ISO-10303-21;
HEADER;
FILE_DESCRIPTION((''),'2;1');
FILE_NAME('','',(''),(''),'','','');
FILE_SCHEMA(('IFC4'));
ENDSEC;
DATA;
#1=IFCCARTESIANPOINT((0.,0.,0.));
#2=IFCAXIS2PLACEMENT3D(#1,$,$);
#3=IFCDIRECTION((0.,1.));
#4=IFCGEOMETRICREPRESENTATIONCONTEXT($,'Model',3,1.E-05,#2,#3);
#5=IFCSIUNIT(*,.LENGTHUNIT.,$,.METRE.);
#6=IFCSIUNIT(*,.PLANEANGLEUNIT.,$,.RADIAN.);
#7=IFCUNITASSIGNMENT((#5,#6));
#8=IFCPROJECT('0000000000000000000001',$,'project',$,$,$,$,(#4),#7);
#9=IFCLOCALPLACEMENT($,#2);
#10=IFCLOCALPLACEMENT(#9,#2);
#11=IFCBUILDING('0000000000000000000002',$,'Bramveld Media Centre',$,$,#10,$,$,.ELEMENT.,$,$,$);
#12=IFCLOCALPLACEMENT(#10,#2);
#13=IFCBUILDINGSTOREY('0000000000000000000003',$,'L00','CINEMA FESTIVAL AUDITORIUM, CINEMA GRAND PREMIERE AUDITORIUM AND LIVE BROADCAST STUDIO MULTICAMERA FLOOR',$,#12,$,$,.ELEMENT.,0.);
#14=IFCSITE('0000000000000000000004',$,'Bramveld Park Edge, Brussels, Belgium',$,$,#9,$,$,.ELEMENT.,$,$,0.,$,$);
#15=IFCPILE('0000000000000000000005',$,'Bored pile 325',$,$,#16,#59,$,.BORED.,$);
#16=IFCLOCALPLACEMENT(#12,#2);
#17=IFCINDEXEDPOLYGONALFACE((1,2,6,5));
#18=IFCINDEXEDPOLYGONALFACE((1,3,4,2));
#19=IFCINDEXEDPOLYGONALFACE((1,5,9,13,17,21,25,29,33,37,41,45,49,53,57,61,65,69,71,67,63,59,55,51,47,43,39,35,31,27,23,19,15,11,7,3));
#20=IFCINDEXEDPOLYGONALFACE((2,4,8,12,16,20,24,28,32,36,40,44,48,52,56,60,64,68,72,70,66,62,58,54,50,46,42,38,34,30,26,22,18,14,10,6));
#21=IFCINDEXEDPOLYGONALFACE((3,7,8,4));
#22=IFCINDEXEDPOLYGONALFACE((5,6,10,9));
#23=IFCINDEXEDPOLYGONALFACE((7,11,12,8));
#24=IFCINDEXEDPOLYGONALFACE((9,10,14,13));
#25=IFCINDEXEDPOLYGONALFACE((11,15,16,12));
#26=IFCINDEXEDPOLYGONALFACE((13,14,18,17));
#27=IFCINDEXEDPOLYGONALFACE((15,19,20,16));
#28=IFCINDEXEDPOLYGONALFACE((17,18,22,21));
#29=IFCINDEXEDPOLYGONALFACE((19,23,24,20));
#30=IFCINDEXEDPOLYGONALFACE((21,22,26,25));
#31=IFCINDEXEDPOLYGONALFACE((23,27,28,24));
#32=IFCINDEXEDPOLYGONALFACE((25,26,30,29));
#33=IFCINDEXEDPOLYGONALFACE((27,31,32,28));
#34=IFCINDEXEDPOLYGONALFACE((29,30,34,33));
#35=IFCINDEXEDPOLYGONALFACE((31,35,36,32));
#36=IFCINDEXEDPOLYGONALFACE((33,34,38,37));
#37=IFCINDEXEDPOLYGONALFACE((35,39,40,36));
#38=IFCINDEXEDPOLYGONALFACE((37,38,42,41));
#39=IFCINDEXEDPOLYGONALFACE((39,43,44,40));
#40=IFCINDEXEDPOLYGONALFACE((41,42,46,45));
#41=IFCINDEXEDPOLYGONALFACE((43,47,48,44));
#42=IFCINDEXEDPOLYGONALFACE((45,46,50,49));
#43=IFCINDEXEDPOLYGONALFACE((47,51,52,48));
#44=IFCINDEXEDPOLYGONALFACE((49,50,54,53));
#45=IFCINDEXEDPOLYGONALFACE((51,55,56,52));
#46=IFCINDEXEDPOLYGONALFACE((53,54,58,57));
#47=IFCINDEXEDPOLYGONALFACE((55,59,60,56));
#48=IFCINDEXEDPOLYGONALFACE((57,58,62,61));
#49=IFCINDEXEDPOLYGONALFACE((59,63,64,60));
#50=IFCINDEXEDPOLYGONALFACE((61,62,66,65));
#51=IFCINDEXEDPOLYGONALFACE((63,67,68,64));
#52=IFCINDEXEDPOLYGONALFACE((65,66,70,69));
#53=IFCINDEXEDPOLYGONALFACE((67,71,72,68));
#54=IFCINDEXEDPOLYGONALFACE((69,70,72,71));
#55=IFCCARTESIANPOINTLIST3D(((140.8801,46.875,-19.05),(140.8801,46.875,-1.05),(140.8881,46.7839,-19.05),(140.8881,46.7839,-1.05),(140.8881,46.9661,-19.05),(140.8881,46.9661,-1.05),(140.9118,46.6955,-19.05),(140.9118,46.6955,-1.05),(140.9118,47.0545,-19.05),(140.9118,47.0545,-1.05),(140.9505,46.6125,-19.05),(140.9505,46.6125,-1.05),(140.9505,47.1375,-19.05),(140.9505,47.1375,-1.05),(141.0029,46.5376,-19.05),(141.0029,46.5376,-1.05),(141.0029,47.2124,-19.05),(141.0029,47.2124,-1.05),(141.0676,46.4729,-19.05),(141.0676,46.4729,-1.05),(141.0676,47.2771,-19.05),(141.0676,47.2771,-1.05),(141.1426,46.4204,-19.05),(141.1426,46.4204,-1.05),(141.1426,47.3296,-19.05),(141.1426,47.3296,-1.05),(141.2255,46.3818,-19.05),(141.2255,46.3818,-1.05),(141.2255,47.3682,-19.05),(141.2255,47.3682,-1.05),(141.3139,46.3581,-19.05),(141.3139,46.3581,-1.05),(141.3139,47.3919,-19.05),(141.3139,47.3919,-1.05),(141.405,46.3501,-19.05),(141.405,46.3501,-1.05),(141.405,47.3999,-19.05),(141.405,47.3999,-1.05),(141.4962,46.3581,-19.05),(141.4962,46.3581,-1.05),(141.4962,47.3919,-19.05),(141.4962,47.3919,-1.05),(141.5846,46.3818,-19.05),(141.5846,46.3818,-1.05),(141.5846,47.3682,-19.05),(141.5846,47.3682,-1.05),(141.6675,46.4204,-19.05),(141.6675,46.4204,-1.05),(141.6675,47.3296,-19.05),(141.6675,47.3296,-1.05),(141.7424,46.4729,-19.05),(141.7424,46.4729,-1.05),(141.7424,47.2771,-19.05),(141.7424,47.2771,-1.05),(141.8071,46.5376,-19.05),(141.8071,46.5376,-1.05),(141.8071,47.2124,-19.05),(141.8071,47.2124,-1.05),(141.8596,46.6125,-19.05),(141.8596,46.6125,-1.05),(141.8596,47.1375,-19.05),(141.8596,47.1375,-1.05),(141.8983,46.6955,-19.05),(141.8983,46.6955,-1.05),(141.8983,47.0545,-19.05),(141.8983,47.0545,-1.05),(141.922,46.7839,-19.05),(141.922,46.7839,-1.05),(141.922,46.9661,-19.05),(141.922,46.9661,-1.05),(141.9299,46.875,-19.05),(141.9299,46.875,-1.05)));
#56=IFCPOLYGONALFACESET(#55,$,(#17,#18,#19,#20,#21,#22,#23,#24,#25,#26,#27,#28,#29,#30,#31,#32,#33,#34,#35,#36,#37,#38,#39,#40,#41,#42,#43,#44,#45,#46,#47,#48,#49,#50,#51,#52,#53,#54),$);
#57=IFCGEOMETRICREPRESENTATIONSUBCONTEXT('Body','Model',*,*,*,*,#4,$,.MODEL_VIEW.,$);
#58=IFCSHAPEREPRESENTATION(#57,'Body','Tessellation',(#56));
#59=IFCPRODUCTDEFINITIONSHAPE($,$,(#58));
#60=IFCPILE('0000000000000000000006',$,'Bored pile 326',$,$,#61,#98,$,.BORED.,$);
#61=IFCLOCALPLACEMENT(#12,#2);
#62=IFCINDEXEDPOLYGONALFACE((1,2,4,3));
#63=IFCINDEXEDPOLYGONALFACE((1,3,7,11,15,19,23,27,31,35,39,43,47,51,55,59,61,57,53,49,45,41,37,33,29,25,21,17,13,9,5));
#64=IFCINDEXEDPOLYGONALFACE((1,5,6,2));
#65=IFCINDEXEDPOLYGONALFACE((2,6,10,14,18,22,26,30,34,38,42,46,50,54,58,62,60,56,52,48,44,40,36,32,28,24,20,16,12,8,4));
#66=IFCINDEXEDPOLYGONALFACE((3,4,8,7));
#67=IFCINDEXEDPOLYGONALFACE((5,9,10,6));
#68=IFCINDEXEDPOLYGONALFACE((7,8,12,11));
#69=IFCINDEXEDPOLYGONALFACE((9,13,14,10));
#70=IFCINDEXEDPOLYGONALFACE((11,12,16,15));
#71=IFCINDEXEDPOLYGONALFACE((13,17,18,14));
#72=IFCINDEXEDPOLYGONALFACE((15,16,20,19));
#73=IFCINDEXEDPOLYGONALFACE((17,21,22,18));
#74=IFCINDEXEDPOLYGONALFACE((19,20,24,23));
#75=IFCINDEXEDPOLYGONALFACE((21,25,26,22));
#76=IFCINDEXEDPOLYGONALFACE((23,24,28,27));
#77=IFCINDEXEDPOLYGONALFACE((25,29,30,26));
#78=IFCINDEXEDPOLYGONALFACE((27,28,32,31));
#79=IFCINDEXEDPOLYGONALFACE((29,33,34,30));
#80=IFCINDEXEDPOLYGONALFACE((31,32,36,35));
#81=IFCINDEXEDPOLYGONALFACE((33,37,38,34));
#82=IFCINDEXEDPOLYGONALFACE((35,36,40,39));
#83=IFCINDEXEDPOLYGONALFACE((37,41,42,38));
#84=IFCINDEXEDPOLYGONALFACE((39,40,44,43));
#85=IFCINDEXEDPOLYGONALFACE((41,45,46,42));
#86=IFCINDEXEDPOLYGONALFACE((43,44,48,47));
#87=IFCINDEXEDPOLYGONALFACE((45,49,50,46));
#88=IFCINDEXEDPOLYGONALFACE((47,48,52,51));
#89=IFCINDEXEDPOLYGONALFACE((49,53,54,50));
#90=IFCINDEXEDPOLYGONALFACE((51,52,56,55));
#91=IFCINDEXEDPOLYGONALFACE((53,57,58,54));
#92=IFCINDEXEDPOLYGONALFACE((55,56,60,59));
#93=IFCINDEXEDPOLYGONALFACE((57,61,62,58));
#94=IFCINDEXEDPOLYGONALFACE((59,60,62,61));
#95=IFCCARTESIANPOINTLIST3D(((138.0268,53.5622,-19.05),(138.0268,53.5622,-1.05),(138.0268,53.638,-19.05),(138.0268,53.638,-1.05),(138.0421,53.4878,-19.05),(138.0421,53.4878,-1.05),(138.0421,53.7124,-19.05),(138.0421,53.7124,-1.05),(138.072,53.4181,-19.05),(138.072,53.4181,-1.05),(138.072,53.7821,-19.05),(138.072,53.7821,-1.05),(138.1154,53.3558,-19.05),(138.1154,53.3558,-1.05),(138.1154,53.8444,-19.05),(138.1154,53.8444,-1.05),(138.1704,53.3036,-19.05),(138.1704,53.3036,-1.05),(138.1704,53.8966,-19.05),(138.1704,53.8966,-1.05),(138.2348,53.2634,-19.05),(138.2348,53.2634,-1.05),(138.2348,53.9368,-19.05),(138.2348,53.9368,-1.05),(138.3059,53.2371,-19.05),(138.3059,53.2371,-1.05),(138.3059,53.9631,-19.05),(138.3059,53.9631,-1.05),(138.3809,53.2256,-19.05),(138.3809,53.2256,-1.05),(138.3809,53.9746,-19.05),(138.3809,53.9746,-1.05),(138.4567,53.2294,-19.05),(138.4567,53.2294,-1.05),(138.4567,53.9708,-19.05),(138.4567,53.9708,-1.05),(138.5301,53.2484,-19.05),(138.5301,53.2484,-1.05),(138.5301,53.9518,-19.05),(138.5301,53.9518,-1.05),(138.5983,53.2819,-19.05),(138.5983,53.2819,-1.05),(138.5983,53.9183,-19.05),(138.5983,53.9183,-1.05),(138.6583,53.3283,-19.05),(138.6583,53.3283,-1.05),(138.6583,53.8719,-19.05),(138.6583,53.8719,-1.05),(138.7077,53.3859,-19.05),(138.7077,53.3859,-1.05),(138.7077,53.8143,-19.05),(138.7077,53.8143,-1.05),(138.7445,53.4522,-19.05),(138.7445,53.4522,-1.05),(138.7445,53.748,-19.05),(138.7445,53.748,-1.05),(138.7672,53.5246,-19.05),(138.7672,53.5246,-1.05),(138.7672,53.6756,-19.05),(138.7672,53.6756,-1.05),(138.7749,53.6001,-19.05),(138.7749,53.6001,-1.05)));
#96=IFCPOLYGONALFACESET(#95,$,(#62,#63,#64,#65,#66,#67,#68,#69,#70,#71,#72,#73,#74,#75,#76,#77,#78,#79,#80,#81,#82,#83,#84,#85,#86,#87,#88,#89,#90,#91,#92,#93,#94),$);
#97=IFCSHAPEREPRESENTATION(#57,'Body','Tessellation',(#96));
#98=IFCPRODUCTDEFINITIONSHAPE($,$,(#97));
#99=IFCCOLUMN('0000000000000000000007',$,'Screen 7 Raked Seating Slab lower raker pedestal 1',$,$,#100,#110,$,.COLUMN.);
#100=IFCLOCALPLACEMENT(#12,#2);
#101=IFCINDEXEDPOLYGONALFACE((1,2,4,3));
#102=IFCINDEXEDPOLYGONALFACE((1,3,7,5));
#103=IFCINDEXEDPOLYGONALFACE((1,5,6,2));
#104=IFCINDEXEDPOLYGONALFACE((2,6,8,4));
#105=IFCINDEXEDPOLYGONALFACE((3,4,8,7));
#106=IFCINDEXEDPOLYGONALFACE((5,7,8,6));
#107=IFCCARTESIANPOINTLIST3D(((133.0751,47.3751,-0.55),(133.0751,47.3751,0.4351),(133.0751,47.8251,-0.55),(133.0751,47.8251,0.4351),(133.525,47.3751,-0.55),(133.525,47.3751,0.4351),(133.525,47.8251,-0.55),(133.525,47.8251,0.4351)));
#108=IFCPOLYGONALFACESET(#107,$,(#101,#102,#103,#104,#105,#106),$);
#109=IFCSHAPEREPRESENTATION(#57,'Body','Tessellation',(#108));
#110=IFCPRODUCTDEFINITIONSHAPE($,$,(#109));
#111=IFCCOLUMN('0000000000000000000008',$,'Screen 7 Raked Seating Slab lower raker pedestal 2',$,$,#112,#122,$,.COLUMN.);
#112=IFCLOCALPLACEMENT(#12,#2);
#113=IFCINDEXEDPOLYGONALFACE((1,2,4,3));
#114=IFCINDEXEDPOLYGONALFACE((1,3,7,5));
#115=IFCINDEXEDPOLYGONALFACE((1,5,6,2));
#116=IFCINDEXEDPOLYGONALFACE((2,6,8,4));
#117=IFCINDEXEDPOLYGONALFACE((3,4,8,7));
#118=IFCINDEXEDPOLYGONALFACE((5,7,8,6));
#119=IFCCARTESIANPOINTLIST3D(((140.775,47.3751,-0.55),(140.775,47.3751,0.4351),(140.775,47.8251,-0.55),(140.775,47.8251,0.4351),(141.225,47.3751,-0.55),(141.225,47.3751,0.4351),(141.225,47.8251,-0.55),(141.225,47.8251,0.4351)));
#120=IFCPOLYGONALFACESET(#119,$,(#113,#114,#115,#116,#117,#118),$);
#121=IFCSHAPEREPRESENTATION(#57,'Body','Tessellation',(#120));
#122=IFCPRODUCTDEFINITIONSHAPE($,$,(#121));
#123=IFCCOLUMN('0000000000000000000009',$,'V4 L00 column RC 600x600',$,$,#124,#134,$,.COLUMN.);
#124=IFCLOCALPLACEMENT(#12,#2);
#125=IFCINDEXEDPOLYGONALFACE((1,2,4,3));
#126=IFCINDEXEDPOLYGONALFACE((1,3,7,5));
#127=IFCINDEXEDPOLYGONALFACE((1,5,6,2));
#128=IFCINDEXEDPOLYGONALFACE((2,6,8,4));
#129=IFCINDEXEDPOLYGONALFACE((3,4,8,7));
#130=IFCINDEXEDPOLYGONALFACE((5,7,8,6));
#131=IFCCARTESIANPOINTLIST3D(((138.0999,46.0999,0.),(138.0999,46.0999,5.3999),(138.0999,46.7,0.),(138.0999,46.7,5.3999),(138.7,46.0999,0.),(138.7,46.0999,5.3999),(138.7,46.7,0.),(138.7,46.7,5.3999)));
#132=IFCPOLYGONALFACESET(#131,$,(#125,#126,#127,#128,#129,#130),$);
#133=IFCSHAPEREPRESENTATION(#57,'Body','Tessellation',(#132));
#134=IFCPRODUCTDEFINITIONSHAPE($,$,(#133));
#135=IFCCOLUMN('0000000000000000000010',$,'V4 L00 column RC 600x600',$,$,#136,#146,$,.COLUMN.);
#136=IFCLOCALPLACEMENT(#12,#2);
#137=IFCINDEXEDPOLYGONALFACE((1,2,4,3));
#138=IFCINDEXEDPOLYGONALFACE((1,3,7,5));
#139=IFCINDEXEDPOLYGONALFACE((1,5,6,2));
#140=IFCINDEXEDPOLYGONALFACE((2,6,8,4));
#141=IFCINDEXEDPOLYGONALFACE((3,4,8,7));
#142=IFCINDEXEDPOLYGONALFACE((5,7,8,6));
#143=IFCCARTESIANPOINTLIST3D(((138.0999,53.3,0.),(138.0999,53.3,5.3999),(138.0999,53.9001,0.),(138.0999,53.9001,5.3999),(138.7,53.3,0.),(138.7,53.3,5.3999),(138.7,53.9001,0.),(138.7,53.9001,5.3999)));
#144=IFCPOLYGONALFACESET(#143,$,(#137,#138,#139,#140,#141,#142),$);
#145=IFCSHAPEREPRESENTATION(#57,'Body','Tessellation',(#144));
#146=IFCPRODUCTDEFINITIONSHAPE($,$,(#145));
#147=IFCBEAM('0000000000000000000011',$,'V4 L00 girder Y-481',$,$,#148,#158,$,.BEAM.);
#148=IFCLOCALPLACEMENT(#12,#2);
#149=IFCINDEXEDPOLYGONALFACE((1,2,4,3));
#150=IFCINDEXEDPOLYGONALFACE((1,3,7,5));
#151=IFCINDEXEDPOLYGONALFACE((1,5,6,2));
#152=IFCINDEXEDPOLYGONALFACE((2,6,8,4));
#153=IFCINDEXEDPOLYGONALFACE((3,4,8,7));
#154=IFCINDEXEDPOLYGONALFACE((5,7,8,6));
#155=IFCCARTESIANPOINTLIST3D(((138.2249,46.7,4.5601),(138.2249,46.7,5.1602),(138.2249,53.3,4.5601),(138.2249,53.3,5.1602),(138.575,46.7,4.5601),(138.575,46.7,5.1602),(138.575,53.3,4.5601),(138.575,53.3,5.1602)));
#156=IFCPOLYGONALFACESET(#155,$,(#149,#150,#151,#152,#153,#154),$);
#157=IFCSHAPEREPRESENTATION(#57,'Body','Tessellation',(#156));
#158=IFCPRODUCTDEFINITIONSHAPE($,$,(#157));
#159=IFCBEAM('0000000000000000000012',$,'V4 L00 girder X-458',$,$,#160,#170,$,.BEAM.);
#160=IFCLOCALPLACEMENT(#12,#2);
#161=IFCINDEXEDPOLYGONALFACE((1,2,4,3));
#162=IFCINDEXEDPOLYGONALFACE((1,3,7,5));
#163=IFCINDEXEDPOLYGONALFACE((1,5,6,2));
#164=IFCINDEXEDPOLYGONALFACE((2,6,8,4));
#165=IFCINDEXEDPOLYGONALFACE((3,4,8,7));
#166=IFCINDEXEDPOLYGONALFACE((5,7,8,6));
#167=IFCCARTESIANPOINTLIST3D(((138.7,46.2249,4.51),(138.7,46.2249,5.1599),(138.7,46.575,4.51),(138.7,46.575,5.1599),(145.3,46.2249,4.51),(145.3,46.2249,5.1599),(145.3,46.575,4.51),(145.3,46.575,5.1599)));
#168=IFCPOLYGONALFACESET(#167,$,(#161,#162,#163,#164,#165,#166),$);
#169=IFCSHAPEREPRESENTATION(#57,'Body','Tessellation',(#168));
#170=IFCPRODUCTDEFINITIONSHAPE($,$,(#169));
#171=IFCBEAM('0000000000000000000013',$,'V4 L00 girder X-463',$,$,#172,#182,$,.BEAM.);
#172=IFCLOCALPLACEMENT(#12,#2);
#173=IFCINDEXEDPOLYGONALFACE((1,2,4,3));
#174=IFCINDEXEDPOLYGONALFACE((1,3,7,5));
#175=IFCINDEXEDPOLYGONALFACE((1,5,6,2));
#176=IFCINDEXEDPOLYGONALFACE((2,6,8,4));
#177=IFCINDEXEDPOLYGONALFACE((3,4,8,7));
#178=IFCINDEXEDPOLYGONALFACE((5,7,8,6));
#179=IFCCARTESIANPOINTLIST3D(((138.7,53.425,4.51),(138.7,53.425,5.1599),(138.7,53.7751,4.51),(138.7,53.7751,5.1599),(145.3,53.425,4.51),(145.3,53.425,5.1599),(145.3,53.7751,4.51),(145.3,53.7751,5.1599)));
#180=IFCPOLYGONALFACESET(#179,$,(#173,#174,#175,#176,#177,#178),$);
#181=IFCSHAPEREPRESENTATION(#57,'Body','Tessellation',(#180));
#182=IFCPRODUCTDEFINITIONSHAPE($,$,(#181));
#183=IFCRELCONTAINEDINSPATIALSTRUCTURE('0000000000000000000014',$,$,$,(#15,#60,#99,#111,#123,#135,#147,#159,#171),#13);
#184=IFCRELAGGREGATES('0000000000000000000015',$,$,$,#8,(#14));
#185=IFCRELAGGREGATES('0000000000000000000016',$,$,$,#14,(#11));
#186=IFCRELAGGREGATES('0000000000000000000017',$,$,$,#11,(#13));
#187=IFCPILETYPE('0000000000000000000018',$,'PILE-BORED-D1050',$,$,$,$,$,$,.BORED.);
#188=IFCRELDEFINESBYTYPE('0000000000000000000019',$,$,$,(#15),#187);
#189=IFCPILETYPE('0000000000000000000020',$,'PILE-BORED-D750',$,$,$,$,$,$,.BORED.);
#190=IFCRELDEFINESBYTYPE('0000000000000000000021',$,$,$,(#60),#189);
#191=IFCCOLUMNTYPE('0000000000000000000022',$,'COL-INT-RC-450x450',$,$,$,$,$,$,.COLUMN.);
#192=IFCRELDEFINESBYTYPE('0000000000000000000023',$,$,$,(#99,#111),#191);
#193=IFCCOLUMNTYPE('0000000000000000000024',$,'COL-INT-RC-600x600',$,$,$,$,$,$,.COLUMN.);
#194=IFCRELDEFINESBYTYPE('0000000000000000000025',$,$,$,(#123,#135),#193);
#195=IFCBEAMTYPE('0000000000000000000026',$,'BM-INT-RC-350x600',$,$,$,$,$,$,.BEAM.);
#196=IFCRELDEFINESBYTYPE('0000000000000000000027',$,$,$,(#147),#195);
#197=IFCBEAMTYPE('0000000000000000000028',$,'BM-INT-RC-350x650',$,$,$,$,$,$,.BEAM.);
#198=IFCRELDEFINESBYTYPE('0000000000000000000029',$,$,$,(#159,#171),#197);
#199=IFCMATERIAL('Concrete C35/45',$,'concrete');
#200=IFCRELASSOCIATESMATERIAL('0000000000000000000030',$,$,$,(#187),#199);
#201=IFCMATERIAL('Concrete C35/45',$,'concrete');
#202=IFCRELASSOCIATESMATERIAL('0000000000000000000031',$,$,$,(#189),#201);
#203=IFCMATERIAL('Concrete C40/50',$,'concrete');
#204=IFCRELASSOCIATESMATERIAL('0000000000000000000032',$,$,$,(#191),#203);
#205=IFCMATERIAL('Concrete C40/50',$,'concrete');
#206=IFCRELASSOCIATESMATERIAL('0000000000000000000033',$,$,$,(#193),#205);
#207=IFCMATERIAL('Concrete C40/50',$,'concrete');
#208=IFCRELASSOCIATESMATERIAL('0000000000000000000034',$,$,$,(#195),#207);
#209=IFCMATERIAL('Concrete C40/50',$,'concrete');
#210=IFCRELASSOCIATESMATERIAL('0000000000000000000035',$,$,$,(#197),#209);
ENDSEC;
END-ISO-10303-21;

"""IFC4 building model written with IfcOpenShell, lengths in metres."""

from ifc_helpers import new_model, si_unit, direction, frame, origin, origin_2d, place, context, subcontext, project, spatial, rectangle, circle, extrude, material, material_profile, profile_set, type_object, element, save


model = new_model("IFC4")

# Units and contexts
model_context = context("Model", 3, precision=1e-05, world=origin(), true_north=direction((0.0, 1.0)))
body_context = subcontext(model_context, "Body", "Model", "MODEL_VIEW")
ifc_project = project(units=[si_unit("LENGTHUNIT", "METRE"), si_unit("PLANEANGLEUNIT", "RADIAN")], contexts=[model_context])

# Site, building, storey
site_placement = place(None, origin())
site = spatial("IfcSite", under=ifc_project, at=site_placement, Name="Bramveld Park Edge, Brussels, Belgium", CompositionType="ELEMENT", RefElevation=0.0)
building_placement = place(site_placement, origin())
building = spatial("IfcBuilding", under=site, at=building_placement, Name="Bramveld Media Centre", CompositionType="ELEMENT")
storey_placement = place(building_placement, origin())
storey = spatial("IfcBuildingStorey", under=building, at=storey_placement, Name="L00", Description="CINEMA FESTIVAL AUDITORIUM, CINEMA GRAND PREMIERE AUDITORIUM AND LIVE BROADCAST STUDIO MULTICAMERA FLOOR", CompositionType="ELEMENT", Elevation=0.0)

# Piles
ifc_material_1 = material(Name="Concrete C35/45", Category="concrete")
ifc_material_profile_1 = material_profile(ifc_material_1, circle(Radius=0.5249, at=origin_2d()), Name="BORED D1050")
ifc_profile_set_1 = profile_set([ifc_material_profile_1], Name="Concrete C35/45")
pile_type_1 = type_object("IfcPileType", Name="PILE-BORED-D1050", PredefinedType="BORED", material=ifc_profile_set_1)
for number, where, z_axis, x_axis, name in (
    (1, (141.405, 46.875, -1.05), (0.0, 0.0, -1.0), (1.0, 0.0, 0.0), "Bored pile 325"),
):
    element("IfcPile", number, at=place(storey_placement, frame(where, z_axis=z_axis, x_axis=x_axis)), inside=storey, type_object=pile_type_1, Name=name, PredefinedType="BORED", context=body_context, shape_type="SweptSolid", body=[
        extrude(circle(Radius=0.5249, at=origin_2d()), origin(), (0.0, 0.0, 1.0), 18.0),
    ])
ifc_material_2 = material(Name="Concrete C35/45", Category="concrete")
ifc_material_profile_2 = material_profile(ifc_material_2, circle(Radius=0.375, at=origin_2d()), Name="BORED D750")
ifc_profile_set_2 = profile_set([ifc_material_profile_2], Name="Concrete C35/45")
pile_type_2 = type_object("IfcPileType", Name="PILE-BORED-D750", PredefinedType="BORED", material=ifc_profile_set_2)
pile_placement = place(storey_placement, frame((138.3999, 53.6001, -1.05), z_axis=(0.0, 0.0, -1.0), x_axis=(1.0, 0.0, 0.0)))
element("IfcPile", 2, at=pile_placement, inside=storey, type_object=pile_type_2, Name="Bored pile 326", PredefinedType="BORED", context=body_context, shape_type="SweptSolid", body=[
    extrude(circle(Radius=0.375, at=origin_2d()), origin(), (0.0, 0.0, 1.0), 18.0),
])

# Columns
ifc_material_3 = material(Name="Concrete C40/50", Category="concrete")
ifc_material_profile_3 = material_profile(ifc_material_3, rectangle(XDim=0.45, YDim=0.45, at=origin_2d()), Name="RC 450x450")
ifc_profile_set_3 = profile_set([ifc_material_profile_3], Name="Concrete C40/50")
column_type_1 = type_object("IfcColumnType", Name="COL-INT-RC-450x450", PredefinedType="COLUMN", material=ifc_profile_set_3)
for number, where, z_axis, x_axis, name in (
    (3, (133.3, 47.6001, -0.55), (0.0, 0.0, 1.0), (1.0, 0.0, 0.0), "Screen 7 Raked Seating Slab lower raker pedestal 1"),
    (4, (141.0, 47.6001, -0.55), (0.0, 0.0, 1.0), (1.0, 0.0, 0.0), "Screen 7 Raked Seating Slab lower raker pedestal 2"),
):
    element("IfcColumn", number, at=place(storey_placement, frame(where, z_axis=z_axis, x_axis=x_axis)), inside=storey, type_object=column_type_1, Name=name, PredefinedType="COLUMN", context=body_context, shape_type="SweptSolid", body=[
        extrude(rectangle(XDim=0.45, YDim=0.45, at=origin_2d()), origin(), (0.0, 0.0, 1.0), 0.9851),
    ])
ifc_material_4 = material(Name="Concrete C40/50", Category="concrete")
ifc_material_profile_4 = material_profile(ifc_material_4, rectangle(XDim=0.6001, YDim=0.6001, at=origin_2d()), Name="RC 600x600")
ifc_profile_set_4 = profile_set([ifc_material_profile_4], Name="Concrete C40/50")
column_type_2 = type_object("IfcColumnType", Name="COL-INT-RC-600x600", PredefinedType="COLUMN", material=ifc_profile_set_4)
for number, where, z_axis, x_axis, name in (
    (5, (138.3999, 46.3999, 0.0), (0.0, 0.0, 1.0), (1.0, 0.0, 0.0), "V4 L00 column RC 600x600"),
    (6, (138.3999, 53.6001, 0.0), (0.0, 0.0, 1.0), (1.0, 0.0, 0.0), "V4 L00 column RC 600x600"),
):
    element("IfcColumn", number, at=place(storey_placement, frame(where, z_axis=z_axis, x_axis=x_axis)), inside=storey, type_object=column_type_2, Name=name, PredefinedType="COLUMN", context=body_context, shape_type="SweptSolid", body=[
        extrude(rectangle(XDim=0.6001, YDim=0.6001, at=origin_2d()), origin(), (0.0, 0.0, 1.0), 5.3999),
    ])

# Beams
ifc_material_5 = material(Name="Concrete C40/50", Category="concrete")
ifc_material_profile_5 = material_profile(ifc_material_5, rectangle(XDim=0.3501, YDim=0.6001, at=origin_2d()), Name="RC 350x600")
ifc_profile_set_5 = profile_set([ifc_material_profile_5], Name="Concrete C40/50")
beam_type_1 = type_object("IfcBeamType", Name="BM-INT-RC-350x600", PredefinedType="BEAM", material=ifc_profile_set_5)
beam_1_placement = place(storey_placement, frame((138.3999, 46.7, 4.8601), z_axis=(0.0, 1.0, 0.0), x_axis=(-1.0, 0.0, 0.0)))
element("IfcBeam", 7, at=beam_1_placement, inside=storey, type_object=beam_type_1, Name="V4 L00 girder Y-481", PredefinedType="BEAM", context=body_context, shape_type="SweptSolid", body=[
    extrude(rectangle(XDim=0.3501, YDim=0.6001, at=origin_2d()), origin(), (0.0, 0.0, 1.0), 6.6001),
])
ifc_material_6 = material(Name="Concrete C40/50", Category="concrete")
ifc_material_profile_6 = material_profile(ifc_material_6, rectangle(XDim=0.3501, YDim=0.6499, at=origin_2d()), Name="RC 350x650")
ifc_profile_set_6 = profile_set([ifc_material_profile_6], Name="Concrete C40/50")
beam_type_2 = type_object("IfcBeamType", Name="BM-INT-RC-350x650", PredefinedType="BEAM", material=ifc_profile_set_6)
for number, where, z_axis, x_axis, name in (
    (8, (138.7, 46.3999, 4.835), (1.0, 0.0, 0.0), (0.0, 1.0, 0.0), "V4 L00 girder X-458"),
    (9, (138.7, 53.6001, 4.835), (1.0, 0.0, 0.0), (0.0, 1.0, 0.0), "V4 L00 girder X-463"),
):
    element("IfcBeam", number, at=place(storey_placement, frame(where, z_axis=z_axis, x_axis=x_axis)), inside=storey, type_object=beam_type_2, Name=name, PredefinedType="BEAM", context=body_context, shape_type="SweptSolid", body=[
        extrude(rectangle(XDim=0.3501, YDim=0.6499, at=origin_2d()), origin(), (0.0, 0.0, 1.0), 6.6001),
    ])

save(model, "model.ifc")
